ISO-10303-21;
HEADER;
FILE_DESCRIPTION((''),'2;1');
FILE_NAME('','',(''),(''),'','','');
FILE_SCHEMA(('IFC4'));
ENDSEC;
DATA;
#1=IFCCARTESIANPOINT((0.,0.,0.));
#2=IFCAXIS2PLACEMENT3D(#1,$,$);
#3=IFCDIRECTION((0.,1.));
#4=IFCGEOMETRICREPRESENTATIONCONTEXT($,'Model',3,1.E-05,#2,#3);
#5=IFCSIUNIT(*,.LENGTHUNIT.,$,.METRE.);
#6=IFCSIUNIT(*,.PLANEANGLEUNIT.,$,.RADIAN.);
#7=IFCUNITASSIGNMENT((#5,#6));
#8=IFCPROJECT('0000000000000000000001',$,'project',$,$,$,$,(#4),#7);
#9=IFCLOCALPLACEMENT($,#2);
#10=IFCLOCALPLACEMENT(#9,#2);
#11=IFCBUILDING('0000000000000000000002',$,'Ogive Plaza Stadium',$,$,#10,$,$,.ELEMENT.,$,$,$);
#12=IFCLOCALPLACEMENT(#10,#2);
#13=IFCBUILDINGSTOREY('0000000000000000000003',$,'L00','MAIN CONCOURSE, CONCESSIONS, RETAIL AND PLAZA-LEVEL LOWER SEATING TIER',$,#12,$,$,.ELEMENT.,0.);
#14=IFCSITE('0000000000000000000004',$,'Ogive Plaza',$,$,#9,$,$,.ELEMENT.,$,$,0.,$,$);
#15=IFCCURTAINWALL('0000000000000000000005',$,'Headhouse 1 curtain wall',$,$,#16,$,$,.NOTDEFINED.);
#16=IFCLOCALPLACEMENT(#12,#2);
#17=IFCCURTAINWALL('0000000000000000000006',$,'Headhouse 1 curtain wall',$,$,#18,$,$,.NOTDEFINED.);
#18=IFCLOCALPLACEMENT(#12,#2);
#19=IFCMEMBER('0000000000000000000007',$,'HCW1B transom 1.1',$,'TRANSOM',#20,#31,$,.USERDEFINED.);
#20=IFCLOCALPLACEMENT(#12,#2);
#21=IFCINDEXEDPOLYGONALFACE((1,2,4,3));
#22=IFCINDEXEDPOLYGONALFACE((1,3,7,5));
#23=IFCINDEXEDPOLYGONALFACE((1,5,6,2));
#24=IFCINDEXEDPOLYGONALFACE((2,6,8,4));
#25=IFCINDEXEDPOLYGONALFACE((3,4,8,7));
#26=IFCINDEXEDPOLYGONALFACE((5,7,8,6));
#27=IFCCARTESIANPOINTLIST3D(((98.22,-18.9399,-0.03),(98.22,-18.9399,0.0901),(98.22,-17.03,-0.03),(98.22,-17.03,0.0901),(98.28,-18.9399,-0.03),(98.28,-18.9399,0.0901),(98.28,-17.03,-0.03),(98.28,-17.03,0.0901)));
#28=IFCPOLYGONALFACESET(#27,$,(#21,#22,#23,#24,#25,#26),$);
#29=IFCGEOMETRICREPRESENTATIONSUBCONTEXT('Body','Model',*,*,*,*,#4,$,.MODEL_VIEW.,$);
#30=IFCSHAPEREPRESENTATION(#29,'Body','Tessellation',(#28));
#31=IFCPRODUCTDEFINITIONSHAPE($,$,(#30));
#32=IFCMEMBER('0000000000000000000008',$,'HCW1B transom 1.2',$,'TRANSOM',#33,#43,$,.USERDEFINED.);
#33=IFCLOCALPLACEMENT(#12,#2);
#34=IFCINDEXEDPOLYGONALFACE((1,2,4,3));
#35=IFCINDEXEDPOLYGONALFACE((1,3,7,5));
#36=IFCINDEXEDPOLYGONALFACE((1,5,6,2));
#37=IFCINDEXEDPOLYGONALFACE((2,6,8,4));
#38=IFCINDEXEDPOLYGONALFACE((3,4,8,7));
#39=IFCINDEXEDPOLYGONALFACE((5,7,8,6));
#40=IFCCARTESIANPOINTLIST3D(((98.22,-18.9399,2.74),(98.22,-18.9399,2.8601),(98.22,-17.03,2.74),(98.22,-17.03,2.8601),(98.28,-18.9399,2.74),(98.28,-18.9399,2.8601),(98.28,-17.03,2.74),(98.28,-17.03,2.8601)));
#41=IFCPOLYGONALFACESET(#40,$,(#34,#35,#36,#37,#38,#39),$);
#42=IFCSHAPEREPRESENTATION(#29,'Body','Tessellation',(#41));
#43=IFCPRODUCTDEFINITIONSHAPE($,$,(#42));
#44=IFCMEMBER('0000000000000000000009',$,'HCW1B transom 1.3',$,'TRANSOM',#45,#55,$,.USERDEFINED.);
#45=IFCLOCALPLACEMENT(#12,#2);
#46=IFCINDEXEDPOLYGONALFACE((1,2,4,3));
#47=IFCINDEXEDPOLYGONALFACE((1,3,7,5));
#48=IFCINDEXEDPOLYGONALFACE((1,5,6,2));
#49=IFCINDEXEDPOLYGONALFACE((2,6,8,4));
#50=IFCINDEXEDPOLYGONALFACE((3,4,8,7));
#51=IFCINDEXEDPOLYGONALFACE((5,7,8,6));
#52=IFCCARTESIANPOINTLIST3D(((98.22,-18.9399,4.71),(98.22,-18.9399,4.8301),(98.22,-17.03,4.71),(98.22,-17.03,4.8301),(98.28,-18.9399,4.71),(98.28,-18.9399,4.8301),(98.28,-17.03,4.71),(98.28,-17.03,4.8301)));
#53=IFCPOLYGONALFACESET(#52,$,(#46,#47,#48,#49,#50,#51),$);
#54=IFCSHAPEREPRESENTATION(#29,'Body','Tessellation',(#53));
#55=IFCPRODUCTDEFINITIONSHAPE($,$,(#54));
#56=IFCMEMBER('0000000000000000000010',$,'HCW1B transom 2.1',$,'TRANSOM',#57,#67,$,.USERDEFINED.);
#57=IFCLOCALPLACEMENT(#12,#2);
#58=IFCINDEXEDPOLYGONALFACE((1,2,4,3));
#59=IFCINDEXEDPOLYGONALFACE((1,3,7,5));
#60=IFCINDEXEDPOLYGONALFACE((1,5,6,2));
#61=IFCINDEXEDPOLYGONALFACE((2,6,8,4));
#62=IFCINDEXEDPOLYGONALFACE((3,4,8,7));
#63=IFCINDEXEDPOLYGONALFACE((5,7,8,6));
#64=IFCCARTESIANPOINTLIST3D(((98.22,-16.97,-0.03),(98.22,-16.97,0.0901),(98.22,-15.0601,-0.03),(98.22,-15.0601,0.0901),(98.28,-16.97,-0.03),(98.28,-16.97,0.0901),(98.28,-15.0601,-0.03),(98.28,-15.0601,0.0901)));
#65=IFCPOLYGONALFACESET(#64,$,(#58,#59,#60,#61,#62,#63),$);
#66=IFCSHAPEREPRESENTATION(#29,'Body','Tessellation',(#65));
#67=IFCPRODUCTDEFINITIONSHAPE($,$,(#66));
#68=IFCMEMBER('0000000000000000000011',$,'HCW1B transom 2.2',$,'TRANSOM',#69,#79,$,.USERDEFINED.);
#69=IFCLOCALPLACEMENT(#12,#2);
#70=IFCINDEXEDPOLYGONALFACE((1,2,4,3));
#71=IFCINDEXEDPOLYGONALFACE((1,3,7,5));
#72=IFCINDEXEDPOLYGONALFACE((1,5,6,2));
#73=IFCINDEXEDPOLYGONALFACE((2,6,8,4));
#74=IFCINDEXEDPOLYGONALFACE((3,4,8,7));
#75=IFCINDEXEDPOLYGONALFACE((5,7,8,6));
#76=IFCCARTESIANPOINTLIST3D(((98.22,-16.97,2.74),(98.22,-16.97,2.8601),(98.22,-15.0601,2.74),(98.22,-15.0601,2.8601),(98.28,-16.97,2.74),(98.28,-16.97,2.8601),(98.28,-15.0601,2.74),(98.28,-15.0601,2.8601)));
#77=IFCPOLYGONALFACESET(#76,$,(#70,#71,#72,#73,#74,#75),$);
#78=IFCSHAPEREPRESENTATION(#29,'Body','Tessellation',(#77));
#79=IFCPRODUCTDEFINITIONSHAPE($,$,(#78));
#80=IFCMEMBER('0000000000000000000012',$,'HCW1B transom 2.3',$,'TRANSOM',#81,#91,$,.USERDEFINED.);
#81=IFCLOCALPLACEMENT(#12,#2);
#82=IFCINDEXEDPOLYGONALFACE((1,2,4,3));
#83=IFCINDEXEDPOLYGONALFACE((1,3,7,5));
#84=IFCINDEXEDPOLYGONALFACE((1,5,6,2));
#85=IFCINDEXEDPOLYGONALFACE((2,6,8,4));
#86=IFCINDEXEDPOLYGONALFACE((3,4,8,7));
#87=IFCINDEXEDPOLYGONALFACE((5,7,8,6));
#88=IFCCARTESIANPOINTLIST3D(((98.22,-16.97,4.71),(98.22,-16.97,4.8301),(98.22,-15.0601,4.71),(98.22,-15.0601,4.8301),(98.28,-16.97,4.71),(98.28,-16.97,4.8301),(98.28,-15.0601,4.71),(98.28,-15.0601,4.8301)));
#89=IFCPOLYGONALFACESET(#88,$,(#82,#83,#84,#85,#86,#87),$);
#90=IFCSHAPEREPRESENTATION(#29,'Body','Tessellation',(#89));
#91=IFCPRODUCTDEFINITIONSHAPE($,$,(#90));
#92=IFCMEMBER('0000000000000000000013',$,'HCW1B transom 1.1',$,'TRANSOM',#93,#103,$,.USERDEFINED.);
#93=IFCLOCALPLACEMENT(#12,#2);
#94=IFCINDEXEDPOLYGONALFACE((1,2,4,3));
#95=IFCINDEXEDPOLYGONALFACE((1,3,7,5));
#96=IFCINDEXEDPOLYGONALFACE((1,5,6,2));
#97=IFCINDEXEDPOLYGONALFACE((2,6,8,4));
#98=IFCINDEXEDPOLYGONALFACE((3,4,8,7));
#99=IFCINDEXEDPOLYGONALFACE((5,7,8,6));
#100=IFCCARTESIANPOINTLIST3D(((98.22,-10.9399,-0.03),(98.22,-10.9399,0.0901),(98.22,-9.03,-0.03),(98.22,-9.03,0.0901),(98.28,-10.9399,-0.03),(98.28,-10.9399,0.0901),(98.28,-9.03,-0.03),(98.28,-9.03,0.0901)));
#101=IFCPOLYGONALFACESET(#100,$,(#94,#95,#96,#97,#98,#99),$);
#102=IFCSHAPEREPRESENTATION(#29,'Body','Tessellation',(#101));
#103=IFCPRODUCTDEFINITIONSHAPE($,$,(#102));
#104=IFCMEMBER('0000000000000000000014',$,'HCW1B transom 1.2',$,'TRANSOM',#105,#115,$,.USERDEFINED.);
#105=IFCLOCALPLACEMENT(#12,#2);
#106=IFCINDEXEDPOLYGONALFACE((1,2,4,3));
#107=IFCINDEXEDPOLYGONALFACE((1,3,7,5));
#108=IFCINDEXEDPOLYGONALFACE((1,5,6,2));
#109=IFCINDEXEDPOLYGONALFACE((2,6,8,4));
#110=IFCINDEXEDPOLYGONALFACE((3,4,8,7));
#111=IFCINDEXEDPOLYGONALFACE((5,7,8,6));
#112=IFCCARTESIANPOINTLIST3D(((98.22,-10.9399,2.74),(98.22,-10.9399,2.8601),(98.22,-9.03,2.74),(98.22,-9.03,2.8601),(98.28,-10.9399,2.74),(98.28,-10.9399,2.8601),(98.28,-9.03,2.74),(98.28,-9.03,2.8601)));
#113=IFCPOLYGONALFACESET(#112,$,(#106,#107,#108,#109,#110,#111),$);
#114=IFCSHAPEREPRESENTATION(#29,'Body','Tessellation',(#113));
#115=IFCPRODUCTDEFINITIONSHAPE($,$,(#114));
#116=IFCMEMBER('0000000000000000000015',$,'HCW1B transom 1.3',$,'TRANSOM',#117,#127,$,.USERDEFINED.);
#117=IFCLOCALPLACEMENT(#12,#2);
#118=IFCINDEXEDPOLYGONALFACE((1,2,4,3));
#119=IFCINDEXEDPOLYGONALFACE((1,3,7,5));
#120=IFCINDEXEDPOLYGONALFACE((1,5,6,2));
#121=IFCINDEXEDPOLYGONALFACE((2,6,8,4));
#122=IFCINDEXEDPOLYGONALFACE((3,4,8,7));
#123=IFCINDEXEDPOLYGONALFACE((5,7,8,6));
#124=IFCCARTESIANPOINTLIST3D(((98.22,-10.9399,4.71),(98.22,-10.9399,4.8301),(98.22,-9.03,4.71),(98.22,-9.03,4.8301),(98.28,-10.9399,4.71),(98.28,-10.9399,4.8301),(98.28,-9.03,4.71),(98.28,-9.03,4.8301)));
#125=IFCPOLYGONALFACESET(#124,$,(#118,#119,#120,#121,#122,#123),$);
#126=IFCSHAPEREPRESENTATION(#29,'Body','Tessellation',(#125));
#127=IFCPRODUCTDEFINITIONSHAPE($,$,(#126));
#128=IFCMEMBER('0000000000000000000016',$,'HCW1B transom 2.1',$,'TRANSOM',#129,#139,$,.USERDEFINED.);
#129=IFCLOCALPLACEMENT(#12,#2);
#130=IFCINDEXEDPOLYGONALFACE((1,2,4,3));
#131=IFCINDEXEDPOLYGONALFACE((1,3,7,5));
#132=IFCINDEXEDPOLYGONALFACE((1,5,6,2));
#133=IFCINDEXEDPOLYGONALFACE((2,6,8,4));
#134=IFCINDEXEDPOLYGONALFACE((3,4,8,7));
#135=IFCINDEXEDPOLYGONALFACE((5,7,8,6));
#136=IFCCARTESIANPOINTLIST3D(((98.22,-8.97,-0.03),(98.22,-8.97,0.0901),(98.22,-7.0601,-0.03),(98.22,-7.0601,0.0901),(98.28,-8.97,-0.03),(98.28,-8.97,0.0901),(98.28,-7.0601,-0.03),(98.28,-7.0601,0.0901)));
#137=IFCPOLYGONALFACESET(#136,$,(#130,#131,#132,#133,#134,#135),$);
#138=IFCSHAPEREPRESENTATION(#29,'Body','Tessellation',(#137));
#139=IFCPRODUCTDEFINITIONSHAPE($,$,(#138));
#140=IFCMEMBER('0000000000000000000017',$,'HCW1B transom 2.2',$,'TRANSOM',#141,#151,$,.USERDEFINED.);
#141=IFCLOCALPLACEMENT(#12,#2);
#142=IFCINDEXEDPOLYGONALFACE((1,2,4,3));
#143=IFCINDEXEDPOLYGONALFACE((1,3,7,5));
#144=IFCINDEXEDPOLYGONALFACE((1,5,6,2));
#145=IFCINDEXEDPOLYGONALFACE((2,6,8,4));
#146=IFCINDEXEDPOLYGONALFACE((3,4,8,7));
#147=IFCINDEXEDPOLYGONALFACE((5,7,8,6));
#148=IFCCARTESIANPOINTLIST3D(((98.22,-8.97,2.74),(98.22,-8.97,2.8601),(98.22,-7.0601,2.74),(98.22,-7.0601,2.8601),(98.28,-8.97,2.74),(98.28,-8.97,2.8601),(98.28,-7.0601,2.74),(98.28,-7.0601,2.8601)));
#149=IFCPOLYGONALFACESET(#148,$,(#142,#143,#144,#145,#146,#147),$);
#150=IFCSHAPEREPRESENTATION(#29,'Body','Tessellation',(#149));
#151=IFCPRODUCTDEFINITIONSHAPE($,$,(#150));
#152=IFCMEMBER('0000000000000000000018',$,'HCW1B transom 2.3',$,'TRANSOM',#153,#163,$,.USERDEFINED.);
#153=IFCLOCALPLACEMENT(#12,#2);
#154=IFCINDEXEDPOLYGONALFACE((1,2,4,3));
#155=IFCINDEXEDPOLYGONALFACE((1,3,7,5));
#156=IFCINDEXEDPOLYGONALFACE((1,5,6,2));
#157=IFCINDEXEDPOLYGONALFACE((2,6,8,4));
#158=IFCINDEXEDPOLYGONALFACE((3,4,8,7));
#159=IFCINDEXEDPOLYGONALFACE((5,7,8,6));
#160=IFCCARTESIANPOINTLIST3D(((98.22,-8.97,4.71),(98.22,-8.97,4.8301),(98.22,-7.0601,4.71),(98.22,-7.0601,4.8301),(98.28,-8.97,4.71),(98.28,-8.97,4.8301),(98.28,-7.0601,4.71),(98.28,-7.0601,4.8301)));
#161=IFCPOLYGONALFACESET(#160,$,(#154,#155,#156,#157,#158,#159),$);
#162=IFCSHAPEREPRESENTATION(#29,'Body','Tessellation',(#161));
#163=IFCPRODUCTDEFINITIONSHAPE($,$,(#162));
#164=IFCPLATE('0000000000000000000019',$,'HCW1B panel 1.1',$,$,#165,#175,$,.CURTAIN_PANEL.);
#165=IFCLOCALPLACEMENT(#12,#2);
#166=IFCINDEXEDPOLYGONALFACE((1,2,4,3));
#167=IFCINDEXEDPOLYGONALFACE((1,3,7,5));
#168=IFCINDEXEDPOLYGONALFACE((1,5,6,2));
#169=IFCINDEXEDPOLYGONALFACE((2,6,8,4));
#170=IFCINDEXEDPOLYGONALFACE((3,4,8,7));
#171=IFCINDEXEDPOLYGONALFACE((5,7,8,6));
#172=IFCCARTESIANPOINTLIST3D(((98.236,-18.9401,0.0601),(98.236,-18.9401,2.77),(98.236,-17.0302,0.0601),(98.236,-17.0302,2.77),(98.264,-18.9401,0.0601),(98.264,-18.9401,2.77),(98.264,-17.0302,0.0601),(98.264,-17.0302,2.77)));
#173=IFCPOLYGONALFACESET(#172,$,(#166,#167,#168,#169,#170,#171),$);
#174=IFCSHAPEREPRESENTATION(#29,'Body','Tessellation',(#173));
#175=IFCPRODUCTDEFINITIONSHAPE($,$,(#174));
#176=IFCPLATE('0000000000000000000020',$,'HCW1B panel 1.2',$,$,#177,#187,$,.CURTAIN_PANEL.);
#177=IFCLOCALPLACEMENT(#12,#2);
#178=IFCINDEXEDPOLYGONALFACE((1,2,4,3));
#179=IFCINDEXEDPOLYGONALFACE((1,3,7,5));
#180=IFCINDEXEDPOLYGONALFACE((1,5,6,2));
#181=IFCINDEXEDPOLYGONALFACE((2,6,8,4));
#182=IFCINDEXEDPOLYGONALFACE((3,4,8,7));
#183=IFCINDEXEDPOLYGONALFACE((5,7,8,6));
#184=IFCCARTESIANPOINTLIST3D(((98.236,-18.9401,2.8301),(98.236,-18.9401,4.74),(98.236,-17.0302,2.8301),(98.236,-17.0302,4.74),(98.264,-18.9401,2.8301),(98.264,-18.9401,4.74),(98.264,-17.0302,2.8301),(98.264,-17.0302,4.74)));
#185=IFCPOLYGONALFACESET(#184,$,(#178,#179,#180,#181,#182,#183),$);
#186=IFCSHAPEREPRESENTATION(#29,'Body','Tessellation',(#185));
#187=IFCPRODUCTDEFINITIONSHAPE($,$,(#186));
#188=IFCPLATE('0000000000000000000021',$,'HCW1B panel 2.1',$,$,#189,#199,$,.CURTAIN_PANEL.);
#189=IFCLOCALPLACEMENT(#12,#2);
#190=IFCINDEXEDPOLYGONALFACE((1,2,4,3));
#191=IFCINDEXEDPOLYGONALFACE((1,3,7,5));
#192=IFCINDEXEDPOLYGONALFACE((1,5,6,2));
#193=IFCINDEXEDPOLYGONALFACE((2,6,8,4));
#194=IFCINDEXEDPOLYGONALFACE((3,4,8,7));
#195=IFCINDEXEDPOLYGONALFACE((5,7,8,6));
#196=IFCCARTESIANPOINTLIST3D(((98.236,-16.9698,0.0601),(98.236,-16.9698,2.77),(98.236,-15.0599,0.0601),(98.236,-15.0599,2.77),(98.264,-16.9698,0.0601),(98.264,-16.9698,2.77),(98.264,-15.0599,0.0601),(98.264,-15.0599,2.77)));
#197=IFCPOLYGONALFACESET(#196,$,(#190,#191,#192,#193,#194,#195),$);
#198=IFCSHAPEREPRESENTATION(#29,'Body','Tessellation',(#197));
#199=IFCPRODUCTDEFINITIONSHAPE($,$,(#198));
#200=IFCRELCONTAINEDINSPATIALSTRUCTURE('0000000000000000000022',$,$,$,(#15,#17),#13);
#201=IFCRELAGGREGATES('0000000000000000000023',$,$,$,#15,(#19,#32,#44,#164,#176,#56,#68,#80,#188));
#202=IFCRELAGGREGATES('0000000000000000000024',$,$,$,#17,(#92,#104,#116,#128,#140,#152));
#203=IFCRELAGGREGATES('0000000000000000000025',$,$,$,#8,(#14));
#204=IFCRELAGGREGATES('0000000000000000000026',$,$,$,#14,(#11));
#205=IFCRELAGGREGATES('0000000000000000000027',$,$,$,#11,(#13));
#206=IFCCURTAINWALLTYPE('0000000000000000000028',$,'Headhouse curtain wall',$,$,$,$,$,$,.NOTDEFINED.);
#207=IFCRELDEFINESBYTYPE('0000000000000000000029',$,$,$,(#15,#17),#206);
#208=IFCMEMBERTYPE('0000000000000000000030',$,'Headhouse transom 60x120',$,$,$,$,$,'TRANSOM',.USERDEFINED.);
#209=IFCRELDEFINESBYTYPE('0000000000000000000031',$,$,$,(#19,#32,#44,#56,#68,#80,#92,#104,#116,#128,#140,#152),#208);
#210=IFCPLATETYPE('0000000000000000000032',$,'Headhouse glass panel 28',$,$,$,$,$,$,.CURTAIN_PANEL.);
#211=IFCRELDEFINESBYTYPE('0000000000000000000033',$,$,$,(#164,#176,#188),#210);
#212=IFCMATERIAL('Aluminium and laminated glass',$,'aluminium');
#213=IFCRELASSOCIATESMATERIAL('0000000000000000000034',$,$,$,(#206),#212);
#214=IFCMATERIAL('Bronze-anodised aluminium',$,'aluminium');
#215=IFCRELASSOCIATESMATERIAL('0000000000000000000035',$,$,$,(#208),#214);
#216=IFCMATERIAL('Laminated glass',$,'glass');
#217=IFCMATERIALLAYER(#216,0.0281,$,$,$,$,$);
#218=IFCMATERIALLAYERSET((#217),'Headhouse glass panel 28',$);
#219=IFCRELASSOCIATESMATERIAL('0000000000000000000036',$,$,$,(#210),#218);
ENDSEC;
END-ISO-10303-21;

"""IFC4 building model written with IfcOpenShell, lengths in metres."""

from ifc_helpers import new_model, si_unit, direction, frame, origin, origin_2d, place, context, subcontext, project, spatial, rectangle, extrude, material, layer, layer_set, material_profile, profile_set, type_object, element, aggregate, save


model = new_model("IFC4")

# Units and contexts
model_context = context("Model", 3, precision=1e-05, world=origin(), true_north=direction((0.0, 1.0)))
body_context = subcontext(model_context, "Body", "Model", "MODEL_VIEW")
ifc_project = project(units=[si_unit("LENGTHUNIT", "METRE"), si_unit("PLANEANGLEUNIT", "RADIAN")], contexts=[model_context])

# Site, building, storey
site_placement = place(None, origin())
site = spatial("IfcSite", under=ifc_project, at=site_placement, Name="Ogive Plaza", CompositionType="ELEMENT", RefElevation=0.0)
building_placement = place(site_placement, origin())
building = spatial("IfcBuilding", under=site, at=building_placement, Name="Ogive Plaza Stadium", CompositionType="ELEMENT")
storey_placement = place(building_placement, origin())
storey = spatial("IfcBuildingStorey", under=building, at=storey_placement, Name="L00", Description="MAIN CONCOURSE, CONCESSIONS, RETAIL AND PLAZA-LEVEL LOWER SEATING TIER", CompositionType="ELEMENT", Elevation=0.0)

# Curtain walls
ifc_material_1 = material(Name="Aluminium and laminated glass", Category="aluminium")
curtain_wall_type = type_object("IfcCurtainWallType", Name="Headhouse curtain wall", PredefinedType="NOTDEFINED", material=ifc_material_1)
curtain_wall_1_placement = place(storey_placement, origin())
curtain_wall_1 = element("IfcCurtainWall", 1, at=curtain_wall_1_placement, inside=storey, type_object=curtain_wall_type, Name="Headhouse 1 curtain wall", PredefinedType="NOTDEFINED")
curtain_wall_2_placement = place(storey_placement, origin())
curtain_wall_2 = element("IfcCurtainWall", 2, at=curtain_wall_2_placement, inside=storey, type_object=curtain_wall_type, Name="Headhouse 1 curtain wall", PredefinedType="NOTDEFINED")

# Members
ifc_material_2 = material(Name="Bronze-anodised aluminium", Category="aluminium")
ifc_material_profile_1 = material_profile(ifc_material_2, rectangle(XDim=0.0601, YDim=0.1201, at=origin_2d()), Name="Headhouse transom 60x120")
ifc_profile_set_1 = profile_set([ifc_material_profile_1], Name="Bronze-anodised aluminium")
member_type_1 = type_object("IfcMemberType", Name="Headhouse transom 60x120", ElementType="TRANSOM", PredefinedType="USERDEFINED", material=ifc_profile_set_1)
member_1_placement = place(storey_placement, frame((98.25, -18.9399, 0.03), z_axis=(0.0, 1.0, 0.0), x_axis=(-1.0, 0.0, 0.0)))
member_1 = element("IfcMember", 3, at=member_1_placement, type_object=member_type_1, Name="HCW1B transom 1.1", ObjectType="TRANSOM", PredefinedType="USERDEFINED", context=body_context, shape_type="SweptSolid", body=[
    extrude(rectangle(XDim=0.0601, YDim=0.1201, at=origin_2d()), origin(), (0.0, 0.0, 1.0), 1.9099),
])
member_2_placement = place(storey_placement, frame((98.25, -18.9399, 2.8), z_axis=(0.0, 1.0, 0.0), x_axis=(-1.0, 0.0, 0.0)))
member_2 = element("IfcMember", 4, at=member_2_placement, type_object=member_type_1, Name="HCW1B transom 1.2", ObjectType="TRANSOM", PredefinedType="USERDEFINED", context=body_context, shape_type="SweptSolid", body=[
    extrude(rectangle(XDim=0.0601, YDim=0.1201, at=origin_2d()), origin(), (0.0, 0.0, 1.0), 1.9099),
])
member_3_placement = place(storey_placement, frame((98.25, -18.9399, 4.77), z_axis=(0.0, 1.0, 0.0), x_axis=(-1.0, 0.0, 0.0)))
member_3 = element("IfcMember", 5, at=member_3_placement, type_object=member_type_1, Name="HCW1B transom 1.3", ObjectType="TRANSOM", PredefinedType="USERDEFINED", context=body_context, shape_type="SweptSolid", body=[
    extrude(rectangle(XDim=0.0601, YDim=0.1201, at=origin_2d()), origin(), (0.0, 0.0, 1.0), 1.9099),
])
member_4_placement = place(storey_placement, frame((98.25, -16.97, 0.03), z_axis=(0.0, 1.0, 0.0), x_axis=(-1.0, 0.0, 0.0)))
member_4 = element("IfcMember", 6, at=member_4_placement, type_object=member_type_1, Name="HCW1B transom 2.1", ObjectType="TRANSOM", PredefinedType="USERDEFINED", context=body_context, shape_type="SweptSolid", body=[
    extrude(rectangle(XDim=0.0601, YDim=0.1201, at=origin_2d()), origin(), (0.0, 0.0, 1.0), 1.9099),
])
member_5_placement = place(storey_placement, frame((98.25, -16.97, 2.8), z_axis=(0.0, 1.0, 0.0), x_axis=(-1.0, 0.0, 0.0)))
member_5 = element("IfcMember", 7, at=member_5_placement, type_object=member_type_1, Name="HCW1B transom 2.2", ObjectType="TRANSOM", PredefinedType="USERDEFINED", context=body_context, shape_type="SweptSolid", body=[
    extrude(rectangle(XDim=0.0601, YDim=0.1201, at=origin_2d()), origin(), (0.0, 0.0, 1.0), 1.9099),
])
member_6_placement = place(storey_placement, frame((98.25, -16.97, 4.77), z_axis=(0.0, 1.0, 0.0), x_axis=(-1.0, 0.0, 0.0)))
member_6 = element("IfcMember", 8, at=member_6_placement, type_object=member_type_1, Name="HCW1B transom 2.3", ObjectType="TRANSOM", PredefinedType="USERDEFINED", context=body_context, shape_type="SweptSolid", body=[
    extrude(rectangle(XDim=0.0601, YDim=0.1201, at=origin_2d()), origin(), (0.0, 0.0, 1.0), 1.9099),
])
member_7_placement = place(storey_placement, frame((98.25, -10.9399, 0.03), z_axis=(0.0, 1.0, 0.0), x_axis=(-1.0, 0.0, 0.0)))
member_7 = element("IfcMember", 9, at=member_7_placement, type_object=member_type_1, Name="HCW1B transom 1.1", ObjectType="TRANSOM", PredefinedType="USERDEFINED", context=body_context, shape_type="SweptSolid", body=[
    extrude(rectangle(XDim=0.0601, YDim=0.1201, at=origin_2d()), origin(), (0.0, 0.0, 1.0), 1.9099),
])
member_8_placement = place(storey_placement, frame((98.25, -10.9399, 2.8), z_axis=(0.0, 1.0, 0.0), x_axis=(-1.0, 0.0, 0.0)))
member_8 = element("IfcMember", 10, at=member_8_placement, type_object=member_type_1, Name="HCW1B transom 1.2", ObjectType="TRANSOM", PredefinedType="USERDEFINED", context=body_context, shape_type="SweptSolid", body=[
    extrude(rectangle(XDim=0.0601, YDim=0.1201, at=origin_2d()), origin(), (0.0, 0.0, 1.0), 1.9099),
])
member_9_placement = place(storey_placement, frame((98.25, -10.9399, 4.77), z_axis=(0.0, 1.0, 0.0), x_axis=(-1.0, 0.0, 0.0)))
member_9 = element("IfcMember", 11, at=member_9_placement, type_object=member_type_1, Name="HCW1B transom 1.3", ObjectType="TRANSOM", PredefinedType="USERDEFINED", context=body_context, shape_type="SweptSolid", body=[
    extrude(rectangle(XDim=0.0601, YDim=0.1201, at=origin_2d()), origin(), (0.0, 0.0, 1.0), 1.9099),
])
member_10_placement = place(storey_placement, frame((98.25, -8.97, 0.03), z_axis=(0.0, 1.0, 0.0), x_axis=(-1.0, 0.0, 0.0)))
member_10 = element("IfcMember", 12, at=member_10_placement, type_object=member_type_1, Name="HCW1B transom 2.1", ObjectType="TRANSOM", PredefinedType="USERDEFINED", context=body_context, shape_type="SweptSolid", body=[
    extrude(rectangle(XDim=0.0601, YDim=0.1201, at=origin_2d()), origin(), (0.0, 0.0, 1.0), 1.9099),
])
member_11_placement = place(storey_placement, frame((98.25, -8.97, 2.8), z_axis=(0.0, 1.0, 0.0), x_axis=(-1.0, 0.0, 0.0)))
member_11 = element("IfcMember", 13, at=member_11_placement, type_object=member_type_1, Name="HCW1B transom 2.2", ObjectType="TRANSOM", PredefinedType="USERDEFINED", context=body_context, shape_type="SweptSolid", body=[
    extrude(rectangle(XDim=0.0601, YDim=0.1201, at=origin_2d()), origin(), (0.0, 0.0, 1.0), 1.9099),
])
member_12_placement = place(storey_placement, frame((98.25, -8.97, 4.77), z_axis=(0.0, 1.0, 0.0), x_axis=(-1.0, 0.0, 0.0)))
member_12 = element("IfcMember", 14, at=member_12_placement, type_object=member_type_1, Name="HCW1B transom 2.3", ObjectType="TRANSOM", PredefinedType="USERDEFINED", context=body_context, shape_type="SweptSolid", body=[
    extrude(rectangle(XDim=0.0601, YDim=0.1201, at=origin_2d()), origin(), (0.0, 0.0, 1.0), 1.9099),
])

# Plates
ifc_material_3 = material(Name="Laminated glass", Category="glass")
ifc_layer_1 = layer(ifc_material_3, 0.0281)
ifc_layer_set_1 = layer_set([ifc_layer_1], Name="Headhouse glass panel 28")
plate_type = type_object("IfcPlateType", Name="Headhouse glass panel 28", PredefinedType="CURTAIN_PANEL", material=ifc_layer_set_1)
plate_1_placement = place(storey_placement, frame((98.25, -17.9851, 0.0601), z_axis=(0.0, 0.0, 1.0), x_axis=(0.0, 1.0, 0.0)))
plate_1 = element("IfcPlate", 15, at=plate_1_placement, type_object=plate_type, Name="HCW1B panel 1.1", PredefinedType="CURTAIN_PANEL", context=body_context, shape_type="SweptSolid", body=[
    extrude(rectangle(XDim=1.9099, YDim=0.0281, at=origin_2d()), origin(), (0.0, 0.0, 1.0), 2.71),
])
plate_2_placement = place(storey_placement, frame((98.25, -17.9851, 2.8301), z_axis=(0.0, 0.0, 1.0), x_axis=(0.0, 1.0, 0.0)))
plate_2 = element("IfcPlate", 16, at=plate_2_placement, type_object=plate_type, Name="HCW1B panel 1.2", PredefinedType="CURTAIN_PANEL", context=body_context, shape_type="SweptSolid", body=[
    extrude(rectangle(XDim=1.9099, YDim=0.0281, at=origin_2d()), origin(), (0.0, 0.0, 1.0), 1.9099),
])
plate_3_placement = place(storey_placement, frame((98.25, -16.0149, 0.0601), z_axis=(0.0, 0.0, 1.0), x_axis=(0.0, 1.0, 0.0)))
plate_3 = element("IfcPlate", 17, at=plate_3_placement, type_object=plate_type, Name="HCW1B panel 2.1", PredefinedType="CURTAIN_PANEL", context=body_context, shape_type="SweptSolid", body=[
    extrude(rectangle(XDim=1.9099, YDim=0.0281, at=origin_2d()), origin(), (0.0, 0.0, 1.0), 2.71),
])
aggregate(curtain_wall_1, [member_1, member_2, member_3, plate_1, plate_2, member_4, member_5, member_6, plate_3])
aggregate(curtain_wall_2, [member_7, member_8, member_9, member_10, member_11, member_12])

save(model, "model.ifc")
